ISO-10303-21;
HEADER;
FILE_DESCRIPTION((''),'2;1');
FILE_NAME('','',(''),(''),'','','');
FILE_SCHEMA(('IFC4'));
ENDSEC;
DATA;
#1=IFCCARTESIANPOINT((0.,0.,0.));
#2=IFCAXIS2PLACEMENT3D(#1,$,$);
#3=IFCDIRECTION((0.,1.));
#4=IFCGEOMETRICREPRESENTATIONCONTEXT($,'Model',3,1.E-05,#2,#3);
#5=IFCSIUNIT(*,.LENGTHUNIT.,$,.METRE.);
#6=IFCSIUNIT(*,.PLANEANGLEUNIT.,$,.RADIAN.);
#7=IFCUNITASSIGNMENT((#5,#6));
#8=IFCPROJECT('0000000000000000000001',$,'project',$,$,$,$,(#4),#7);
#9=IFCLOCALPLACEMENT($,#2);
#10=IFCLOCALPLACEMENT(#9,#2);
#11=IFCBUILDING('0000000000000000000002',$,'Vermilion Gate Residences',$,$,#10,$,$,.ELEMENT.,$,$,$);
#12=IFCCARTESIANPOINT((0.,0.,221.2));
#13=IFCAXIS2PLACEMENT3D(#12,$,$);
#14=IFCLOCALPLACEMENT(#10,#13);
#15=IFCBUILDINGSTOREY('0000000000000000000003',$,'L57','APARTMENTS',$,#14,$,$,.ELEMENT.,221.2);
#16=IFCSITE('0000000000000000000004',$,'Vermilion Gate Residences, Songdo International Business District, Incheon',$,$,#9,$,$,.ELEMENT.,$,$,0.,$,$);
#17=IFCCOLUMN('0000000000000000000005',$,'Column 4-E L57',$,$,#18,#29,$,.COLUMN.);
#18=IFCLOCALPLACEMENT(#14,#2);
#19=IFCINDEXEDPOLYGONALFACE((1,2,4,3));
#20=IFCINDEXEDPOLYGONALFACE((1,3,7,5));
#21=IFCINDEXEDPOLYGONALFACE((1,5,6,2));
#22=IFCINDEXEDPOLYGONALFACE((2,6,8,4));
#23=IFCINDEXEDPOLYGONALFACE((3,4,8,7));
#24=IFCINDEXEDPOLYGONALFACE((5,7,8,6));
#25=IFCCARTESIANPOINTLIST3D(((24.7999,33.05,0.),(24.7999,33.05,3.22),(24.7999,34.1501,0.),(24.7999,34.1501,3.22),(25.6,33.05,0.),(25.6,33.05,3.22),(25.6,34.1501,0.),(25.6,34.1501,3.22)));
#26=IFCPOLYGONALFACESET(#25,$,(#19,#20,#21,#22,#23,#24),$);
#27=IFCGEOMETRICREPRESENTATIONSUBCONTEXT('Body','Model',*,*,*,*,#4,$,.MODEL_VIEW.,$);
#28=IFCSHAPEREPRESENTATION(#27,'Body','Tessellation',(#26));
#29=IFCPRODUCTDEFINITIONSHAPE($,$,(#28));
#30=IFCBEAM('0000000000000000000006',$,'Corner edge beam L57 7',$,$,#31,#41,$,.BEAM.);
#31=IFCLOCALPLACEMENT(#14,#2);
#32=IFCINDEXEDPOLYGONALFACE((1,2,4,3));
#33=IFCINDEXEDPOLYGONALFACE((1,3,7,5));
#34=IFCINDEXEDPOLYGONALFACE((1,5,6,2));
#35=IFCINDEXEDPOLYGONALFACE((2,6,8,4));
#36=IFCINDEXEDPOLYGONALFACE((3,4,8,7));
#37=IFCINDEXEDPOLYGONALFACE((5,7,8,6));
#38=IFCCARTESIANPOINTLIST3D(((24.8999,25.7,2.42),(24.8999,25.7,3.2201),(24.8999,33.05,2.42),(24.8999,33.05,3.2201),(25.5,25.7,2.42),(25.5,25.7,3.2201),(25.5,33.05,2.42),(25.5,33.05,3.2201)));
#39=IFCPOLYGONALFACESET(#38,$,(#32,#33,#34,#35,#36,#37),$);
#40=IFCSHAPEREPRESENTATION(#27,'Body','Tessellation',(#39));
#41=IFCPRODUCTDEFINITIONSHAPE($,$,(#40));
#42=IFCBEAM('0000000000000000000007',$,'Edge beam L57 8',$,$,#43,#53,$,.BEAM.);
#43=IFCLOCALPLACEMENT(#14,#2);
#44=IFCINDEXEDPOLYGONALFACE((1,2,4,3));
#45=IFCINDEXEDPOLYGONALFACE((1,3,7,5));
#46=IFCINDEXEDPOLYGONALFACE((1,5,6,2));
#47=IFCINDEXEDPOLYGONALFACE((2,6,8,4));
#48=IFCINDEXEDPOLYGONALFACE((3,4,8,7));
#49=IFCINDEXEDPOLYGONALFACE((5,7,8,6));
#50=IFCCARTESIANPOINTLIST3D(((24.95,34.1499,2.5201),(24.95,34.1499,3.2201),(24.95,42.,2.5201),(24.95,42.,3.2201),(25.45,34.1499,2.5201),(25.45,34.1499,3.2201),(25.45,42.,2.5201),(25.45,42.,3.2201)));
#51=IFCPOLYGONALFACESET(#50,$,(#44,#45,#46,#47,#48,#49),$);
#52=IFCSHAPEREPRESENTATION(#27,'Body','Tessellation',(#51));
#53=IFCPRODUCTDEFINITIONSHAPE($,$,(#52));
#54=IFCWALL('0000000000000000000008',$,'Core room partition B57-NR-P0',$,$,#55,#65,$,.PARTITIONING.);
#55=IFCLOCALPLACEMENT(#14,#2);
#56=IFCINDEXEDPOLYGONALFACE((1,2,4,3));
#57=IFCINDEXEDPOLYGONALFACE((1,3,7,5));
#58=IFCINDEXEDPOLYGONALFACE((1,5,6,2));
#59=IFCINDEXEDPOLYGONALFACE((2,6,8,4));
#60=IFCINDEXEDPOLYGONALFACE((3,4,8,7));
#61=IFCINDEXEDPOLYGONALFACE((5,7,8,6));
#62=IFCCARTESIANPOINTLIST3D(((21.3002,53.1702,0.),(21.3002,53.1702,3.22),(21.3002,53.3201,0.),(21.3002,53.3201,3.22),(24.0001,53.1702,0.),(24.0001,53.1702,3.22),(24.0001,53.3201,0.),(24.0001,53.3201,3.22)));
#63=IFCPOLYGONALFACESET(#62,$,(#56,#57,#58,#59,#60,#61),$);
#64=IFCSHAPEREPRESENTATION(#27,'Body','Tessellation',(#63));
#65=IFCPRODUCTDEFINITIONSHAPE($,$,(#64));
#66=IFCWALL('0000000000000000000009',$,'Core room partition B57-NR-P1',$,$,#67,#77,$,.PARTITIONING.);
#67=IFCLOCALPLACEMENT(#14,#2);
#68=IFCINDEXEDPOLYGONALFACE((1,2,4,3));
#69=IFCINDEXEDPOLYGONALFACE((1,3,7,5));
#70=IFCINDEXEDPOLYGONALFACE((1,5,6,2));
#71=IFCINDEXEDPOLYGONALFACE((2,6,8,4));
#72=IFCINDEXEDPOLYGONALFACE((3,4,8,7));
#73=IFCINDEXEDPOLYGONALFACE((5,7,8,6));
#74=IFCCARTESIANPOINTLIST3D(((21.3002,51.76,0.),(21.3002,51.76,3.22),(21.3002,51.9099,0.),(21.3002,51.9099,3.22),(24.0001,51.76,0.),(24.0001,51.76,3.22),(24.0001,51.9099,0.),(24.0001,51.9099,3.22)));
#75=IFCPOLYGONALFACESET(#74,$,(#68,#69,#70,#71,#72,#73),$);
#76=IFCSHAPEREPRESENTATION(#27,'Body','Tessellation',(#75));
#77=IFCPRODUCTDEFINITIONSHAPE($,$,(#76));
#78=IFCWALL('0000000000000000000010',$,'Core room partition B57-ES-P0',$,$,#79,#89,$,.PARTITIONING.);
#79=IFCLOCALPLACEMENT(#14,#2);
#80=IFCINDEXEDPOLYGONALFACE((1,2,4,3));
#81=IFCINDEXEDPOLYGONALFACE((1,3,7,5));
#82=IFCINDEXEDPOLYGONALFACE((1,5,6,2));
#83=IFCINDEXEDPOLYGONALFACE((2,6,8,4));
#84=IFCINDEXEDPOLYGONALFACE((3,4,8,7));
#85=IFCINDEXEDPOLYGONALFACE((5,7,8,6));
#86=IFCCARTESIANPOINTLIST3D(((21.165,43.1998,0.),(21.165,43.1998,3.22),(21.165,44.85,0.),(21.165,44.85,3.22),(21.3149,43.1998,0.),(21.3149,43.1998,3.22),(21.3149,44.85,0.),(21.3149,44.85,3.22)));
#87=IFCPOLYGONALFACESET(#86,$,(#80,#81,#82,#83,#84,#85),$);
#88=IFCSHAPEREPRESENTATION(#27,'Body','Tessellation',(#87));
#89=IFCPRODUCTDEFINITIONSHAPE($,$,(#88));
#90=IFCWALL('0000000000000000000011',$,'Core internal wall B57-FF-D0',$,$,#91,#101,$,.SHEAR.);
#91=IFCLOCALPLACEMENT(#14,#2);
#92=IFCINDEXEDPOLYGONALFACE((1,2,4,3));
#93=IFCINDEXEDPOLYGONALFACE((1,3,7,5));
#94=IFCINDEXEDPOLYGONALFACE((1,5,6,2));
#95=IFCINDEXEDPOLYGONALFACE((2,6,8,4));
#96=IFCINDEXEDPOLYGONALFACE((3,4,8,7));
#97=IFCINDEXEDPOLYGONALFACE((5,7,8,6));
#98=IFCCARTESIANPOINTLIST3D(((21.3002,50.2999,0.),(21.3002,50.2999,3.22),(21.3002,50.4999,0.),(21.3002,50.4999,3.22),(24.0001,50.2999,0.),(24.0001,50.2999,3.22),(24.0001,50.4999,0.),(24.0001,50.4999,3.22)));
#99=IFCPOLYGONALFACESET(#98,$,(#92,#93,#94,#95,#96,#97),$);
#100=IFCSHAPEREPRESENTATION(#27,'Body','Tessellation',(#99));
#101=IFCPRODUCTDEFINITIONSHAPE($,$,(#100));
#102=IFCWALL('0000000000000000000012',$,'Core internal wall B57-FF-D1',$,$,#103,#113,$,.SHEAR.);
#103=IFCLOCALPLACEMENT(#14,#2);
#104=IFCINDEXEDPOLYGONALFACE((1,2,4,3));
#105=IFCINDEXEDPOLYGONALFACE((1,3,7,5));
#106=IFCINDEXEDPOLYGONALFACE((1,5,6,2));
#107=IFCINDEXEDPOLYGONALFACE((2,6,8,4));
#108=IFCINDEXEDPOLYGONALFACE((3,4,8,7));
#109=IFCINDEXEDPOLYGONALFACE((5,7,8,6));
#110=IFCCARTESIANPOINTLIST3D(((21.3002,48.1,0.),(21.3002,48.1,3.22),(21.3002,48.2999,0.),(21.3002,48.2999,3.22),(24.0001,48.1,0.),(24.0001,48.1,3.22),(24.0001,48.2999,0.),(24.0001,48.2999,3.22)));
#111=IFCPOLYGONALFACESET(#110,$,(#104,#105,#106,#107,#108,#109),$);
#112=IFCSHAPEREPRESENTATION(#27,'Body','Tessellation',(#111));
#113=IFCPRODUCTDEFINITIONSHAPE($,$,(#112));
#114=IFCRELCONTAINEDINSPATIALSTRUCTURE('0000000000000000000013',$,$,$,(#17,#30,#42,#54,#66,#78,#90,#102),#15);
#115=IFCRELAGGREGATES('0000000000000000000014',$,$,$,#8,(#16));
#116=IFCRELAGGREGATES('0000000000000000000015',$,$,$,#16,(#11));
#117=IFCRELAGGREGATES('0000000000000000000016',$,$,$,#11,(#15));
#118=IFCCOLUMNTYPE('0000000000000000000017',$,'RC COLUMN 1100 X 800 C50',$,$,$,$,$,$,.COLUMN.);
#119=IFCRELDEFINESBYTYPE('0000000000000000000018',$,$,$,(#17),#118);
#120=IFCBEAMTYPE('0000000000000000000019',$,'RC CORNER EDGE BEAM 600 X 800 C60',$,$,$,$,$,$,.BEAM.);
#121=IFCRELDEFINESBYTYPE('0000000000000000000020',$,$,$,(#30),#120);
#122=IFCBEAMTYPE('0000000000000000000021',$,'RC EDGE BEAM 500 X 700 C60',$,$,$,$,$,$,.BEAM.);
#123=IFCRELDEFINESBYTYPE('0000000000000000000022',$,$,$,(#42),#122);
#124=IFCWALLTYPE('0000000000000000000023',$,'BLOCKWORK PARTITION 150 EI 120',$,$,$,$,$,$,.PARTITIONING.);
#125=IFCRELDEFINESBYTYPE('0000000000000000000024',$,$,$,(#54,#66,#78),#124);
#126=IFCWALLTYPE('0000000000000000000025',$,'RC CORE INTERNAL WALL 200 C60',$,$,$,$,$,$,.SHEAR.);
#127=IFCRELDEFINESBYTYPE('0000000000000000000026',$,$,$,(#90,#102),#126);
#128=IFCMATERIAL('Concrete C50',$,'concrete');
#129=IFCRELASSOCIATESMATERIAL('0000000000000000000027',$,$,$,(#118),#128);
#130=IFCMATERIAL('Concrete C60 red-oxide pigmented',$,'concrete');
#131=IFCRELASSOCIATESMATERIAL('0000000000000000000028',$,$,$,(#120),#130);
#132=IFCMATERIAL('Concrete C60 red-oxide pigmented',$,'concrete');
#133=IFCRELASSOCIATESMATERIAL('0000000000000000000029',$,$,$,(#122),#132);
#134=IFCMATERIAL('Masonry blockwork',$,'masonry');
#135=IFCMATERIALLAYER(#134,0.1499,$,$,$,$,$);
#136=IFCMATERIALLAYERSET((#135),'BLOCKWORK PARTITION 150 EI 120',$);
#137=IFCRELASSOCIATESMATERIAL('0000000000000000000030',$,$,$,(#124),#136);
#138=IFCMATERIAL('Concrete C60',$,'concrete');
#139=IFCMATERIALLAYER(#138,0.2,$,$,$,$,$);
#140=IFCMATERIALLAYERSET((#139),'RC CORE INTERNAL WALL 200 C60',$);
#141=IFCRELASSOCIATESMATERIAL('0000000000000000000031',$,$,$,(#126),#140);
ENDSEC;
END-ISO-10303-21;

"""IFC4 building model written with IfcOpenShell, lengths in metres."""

from ifc_helpers import new_model, si_unit, direction, frame, frame_2d, origin, origin_2d, place, context, subcontext, project, spatial, rectangle, extrude, material, layer, layer_set, material_profile, profile_set, type_object, element, save


model = new_model("IFC4")

# Units and contexts
model_context = context("Model", 3, precision=1e-05, world=origin(), true_north=direction((0.0, 1.0)))
body_context = subcontext(model_context, "Body", "Model", "MODEL_VIEW")
ifc_project = project(units=[si_unit("LENGTHUNIT", "METRE"), si_unit("PLANEANGLEUNIT", "RADIAN")], contexts=[model_context])

# Site, building, storey
site_placement = place(None, origin())
site = spatial("IfcSite", under=ifc_project, at=site_placement, Name="Vermilion Gate Residences, Songdo International Business District, Incheon", CompositionType="ELEMENT", RefElevation=0.0)
building_placement = place(site_placement, origin())
building = spatial("IfcBuilding", under=site, at=building_placement, Name="Vermilion Gate Residences", CompositionType="ELEMENT")
storey_placement = place(building_placement, frame((0.0, 0.0, 221.2)))
storey = spatial("IfcBuildingStorey", under=building, at=storey_placement, Name="L57", Description="APARTMENTS", CompositionType="ELEMENT", Elevation=221.2)

# Column
ifc_material_1 = material(Name="Concrete C50", Category="concrete")
ifc_material_profile_1 = material_profile(ifc_material_1, rectangle(XDim=1.1001, YDim=0.8, at=origin_2d()), Name="RC-1100x800")
ifc_profile_set_1 = profile_set([ifc_material_profile_1], Name="Concrete C50")
column_type = type_object("IfcColumnType", Name="RC COLUMN 1100 X 800 C50", PredefinedType="COLUMN", material=ifc_profile_set_1)
column_placement = place(storey_placement, frame((25.2, 33.6001, 0.0), z_axis=(0.0, 0.0, 1.0), x_axis=(0.0, 1.0, 0.0)))
element("IfcColumn", 1, at=column_placement, inside=storey, type_object=column_type, Name="Column 4-E L57", PredefinedType="COLUMN", context=body_context, shape_type="SweptSolid", body=[
    extrude(rectangle(XDim=1.1001, YDim=0.8, at=origin_2d()), origin(), (0.0, 0.0, 1.0), 3.22),
])

# Beams
ifc_material_2 = material(Name="Concrete C60 red-oxide pigmented", Category="concrete")
ifc_material_profile_2 = material_profile(ifc_material_2, rectangle(XDim=0.6001, YDim=0.8, at=origin_2d()), Name="RC-600x800")
ifc_profile_set_2 = profile_set([ifc_material_profile_2], Name="Concrete C60 red-oxide pigmented")
beam_type_1 = type_object("IfcBeamType", Name="RC CORNER EDGE BEAM 600 X 800 C60", PredefinedType="BEAM", material=ifc_profile_set_2)
beam_1_placement = place(storey_placement, frame((25.2, 25.7, 2.8201), z_axis=(0.0, 1.0, 0.0), x_axis=(-1.0, 0.0, 0.0)))
element("IfcBeam", 2, at=beam_1_placement, inside=storey, type_object=beam_type_1, Name="Corner edge beam L57 7", PredefinedType="BEAM", context=body_context, shape_type="SweptSolid", body=[
    extrude(rectangle(XDim=0.6001, YDim=0.8, at=origin_2d()), origin(), (0.0, 0.0, 1.0), 7.3501),
])
ifc_material_3 = material(Name="Concrete C60 red-oxide pigmented", Category="concrete")
ifc_material_profile_3 = material_profile(ifc_material_3, rectangle(XDim=0.5, YDim=0.7, at=origin_2d()), Name="RC-500x700")
ifc_profile_set_3 = profile_set([ifc_material_profile_3], Name="Concrete C60 red-oxide pigmented")
beam_type_2 = type_object("IfcBeamType", Name="RC EDGE BEAM 500 X 700 C60", PredefinedType="BEAM", material=ifc_profile_set_3)
beam_2_placement = place(storey_placement, frame((25.2, 34.1499, 2.8701), z_axis=(0.0, 1.0, 0.0), x_axis=(-1.0, 0.0, 0.0)))
element("IfcBeam", 3, at=beam_2_placement, inside=storey, type_object=beam_type_2, Name="Edge beam L57 8", PredefinedType="BEAM", context=body_context, shape_type="SweptSolid", body=[
    extrude(rectangle(XDim=0.5, YDim=0.7, at=origin_2d()), origin(), (0.0, 0.0, 1.0), 7.8501),
])

# Walls
ifc_material_4 = material(Name="Masonry blockwork", Category="masonry")
ifc_layer_1 = layer(ifc_material_4, 0.1499)
ifc_layer_set_1 = layer_set([ifc_layer_1], Name="BLOCKWORK PARTITION 150 EI 120")
wall_type_1 = type_object("IfcWallType", Name="BLOCKWORK PARTITION 150 EI 120", PredefinedType="PARTITIONING", material=ifc_layer_set_1)
for number, where, z_axis, x_axis, name in (
    (4, (21.3, 53.2451, 0.0), (0.0, 0.0, 1.0), (1.0, 0.0, 0.0), "Core room partition B57-NR-P0"),
    (5, (21.3, 51.835, 0.0), (0.0, 0.0, 1.0), (1.0, 0.0, 0.0), "Core room partition B57-NR-P1"),
):
    element("IfcWall", number, at=place(storey_placement, frame(where, z_axis=z_axis, x_axis=x_axis)), inside=storey, type_object=wall_type_1, Name=name, PredefinedType="PARTITIONING", context=body_context, shape_type="SweptSolid", body=[
        extrude(rectangle(XDim=2.7, YDim=0.1499, at=frame_2d((1.3501, 0.0))), origin(), (0.0, 0.0, 1.0), 3.22),
    ])
wall_1_placement = place(storey_placement, frame((21.24, 44.8501, 0.0), z_axis=(0.0, 0.0, 1.0), x_axis=(0.0, -1.0, 0.0)))
element("IfcWall", 6, at=wall_1_placement, inside=storey, type_object=wall_type_1, Name="Core room partition B57-ES-P0", PredefinedType="PARTITIONING", context=body_context, shape_type="SweptSolid", body=[
    extrude(rectangle(XDim=1.6501, YDim=0.1499, at=frame_2d((0.8252, 0.0))), origin(), (0.0, 0.0, 1.0), 3.22),
])
ifc_material_5 = material(Name="Concrete C60", Category="concrete")
ifc_layer_2 = layer(ifc_material_5, 0.2)
ifc_layer_set_2 = layer_set([ifc_layer_2], Name="RC CORE INTERNAL WALL 200 C60")
wall_type_2 = type_object("IfcWallType", Name="RC CORE INTERNAL WALL 200 C60", PredefinedType="SHEAR", material=ifc_layer_set_2)
for number, where, z_axis, x_axis, name in (
    (7, (21.3, 50.3999, 0.0), (0.0, 0.0, 1.0), (1.0, 0.0, 0.0), "Core internal wall B57-FF-D0"),
    (8, (21.3, 48.2, 0.0), (0.0, 0.0, 1.0), (1.0, 0.0, 0.0), "Core internal wall B57-FF-D1"),
):
    element("IfcWall", number, at=place(storey_placement, frame(where, z_axis=z_axis, x_axis=x_axis)), inside=storey, type_object=wall_type_2, Name=name, PredefinedType="SHEAR", context=body_context, shape_type="SweptSolid", body=[
        extrude(rectangle(XDim=2.7, YDim=0.2, at=frame_2d((1.3501, 0.0))), origin(), (0.0, 0.0, 1.0), 3.22),
    ])

save(model, "model.ifc")
